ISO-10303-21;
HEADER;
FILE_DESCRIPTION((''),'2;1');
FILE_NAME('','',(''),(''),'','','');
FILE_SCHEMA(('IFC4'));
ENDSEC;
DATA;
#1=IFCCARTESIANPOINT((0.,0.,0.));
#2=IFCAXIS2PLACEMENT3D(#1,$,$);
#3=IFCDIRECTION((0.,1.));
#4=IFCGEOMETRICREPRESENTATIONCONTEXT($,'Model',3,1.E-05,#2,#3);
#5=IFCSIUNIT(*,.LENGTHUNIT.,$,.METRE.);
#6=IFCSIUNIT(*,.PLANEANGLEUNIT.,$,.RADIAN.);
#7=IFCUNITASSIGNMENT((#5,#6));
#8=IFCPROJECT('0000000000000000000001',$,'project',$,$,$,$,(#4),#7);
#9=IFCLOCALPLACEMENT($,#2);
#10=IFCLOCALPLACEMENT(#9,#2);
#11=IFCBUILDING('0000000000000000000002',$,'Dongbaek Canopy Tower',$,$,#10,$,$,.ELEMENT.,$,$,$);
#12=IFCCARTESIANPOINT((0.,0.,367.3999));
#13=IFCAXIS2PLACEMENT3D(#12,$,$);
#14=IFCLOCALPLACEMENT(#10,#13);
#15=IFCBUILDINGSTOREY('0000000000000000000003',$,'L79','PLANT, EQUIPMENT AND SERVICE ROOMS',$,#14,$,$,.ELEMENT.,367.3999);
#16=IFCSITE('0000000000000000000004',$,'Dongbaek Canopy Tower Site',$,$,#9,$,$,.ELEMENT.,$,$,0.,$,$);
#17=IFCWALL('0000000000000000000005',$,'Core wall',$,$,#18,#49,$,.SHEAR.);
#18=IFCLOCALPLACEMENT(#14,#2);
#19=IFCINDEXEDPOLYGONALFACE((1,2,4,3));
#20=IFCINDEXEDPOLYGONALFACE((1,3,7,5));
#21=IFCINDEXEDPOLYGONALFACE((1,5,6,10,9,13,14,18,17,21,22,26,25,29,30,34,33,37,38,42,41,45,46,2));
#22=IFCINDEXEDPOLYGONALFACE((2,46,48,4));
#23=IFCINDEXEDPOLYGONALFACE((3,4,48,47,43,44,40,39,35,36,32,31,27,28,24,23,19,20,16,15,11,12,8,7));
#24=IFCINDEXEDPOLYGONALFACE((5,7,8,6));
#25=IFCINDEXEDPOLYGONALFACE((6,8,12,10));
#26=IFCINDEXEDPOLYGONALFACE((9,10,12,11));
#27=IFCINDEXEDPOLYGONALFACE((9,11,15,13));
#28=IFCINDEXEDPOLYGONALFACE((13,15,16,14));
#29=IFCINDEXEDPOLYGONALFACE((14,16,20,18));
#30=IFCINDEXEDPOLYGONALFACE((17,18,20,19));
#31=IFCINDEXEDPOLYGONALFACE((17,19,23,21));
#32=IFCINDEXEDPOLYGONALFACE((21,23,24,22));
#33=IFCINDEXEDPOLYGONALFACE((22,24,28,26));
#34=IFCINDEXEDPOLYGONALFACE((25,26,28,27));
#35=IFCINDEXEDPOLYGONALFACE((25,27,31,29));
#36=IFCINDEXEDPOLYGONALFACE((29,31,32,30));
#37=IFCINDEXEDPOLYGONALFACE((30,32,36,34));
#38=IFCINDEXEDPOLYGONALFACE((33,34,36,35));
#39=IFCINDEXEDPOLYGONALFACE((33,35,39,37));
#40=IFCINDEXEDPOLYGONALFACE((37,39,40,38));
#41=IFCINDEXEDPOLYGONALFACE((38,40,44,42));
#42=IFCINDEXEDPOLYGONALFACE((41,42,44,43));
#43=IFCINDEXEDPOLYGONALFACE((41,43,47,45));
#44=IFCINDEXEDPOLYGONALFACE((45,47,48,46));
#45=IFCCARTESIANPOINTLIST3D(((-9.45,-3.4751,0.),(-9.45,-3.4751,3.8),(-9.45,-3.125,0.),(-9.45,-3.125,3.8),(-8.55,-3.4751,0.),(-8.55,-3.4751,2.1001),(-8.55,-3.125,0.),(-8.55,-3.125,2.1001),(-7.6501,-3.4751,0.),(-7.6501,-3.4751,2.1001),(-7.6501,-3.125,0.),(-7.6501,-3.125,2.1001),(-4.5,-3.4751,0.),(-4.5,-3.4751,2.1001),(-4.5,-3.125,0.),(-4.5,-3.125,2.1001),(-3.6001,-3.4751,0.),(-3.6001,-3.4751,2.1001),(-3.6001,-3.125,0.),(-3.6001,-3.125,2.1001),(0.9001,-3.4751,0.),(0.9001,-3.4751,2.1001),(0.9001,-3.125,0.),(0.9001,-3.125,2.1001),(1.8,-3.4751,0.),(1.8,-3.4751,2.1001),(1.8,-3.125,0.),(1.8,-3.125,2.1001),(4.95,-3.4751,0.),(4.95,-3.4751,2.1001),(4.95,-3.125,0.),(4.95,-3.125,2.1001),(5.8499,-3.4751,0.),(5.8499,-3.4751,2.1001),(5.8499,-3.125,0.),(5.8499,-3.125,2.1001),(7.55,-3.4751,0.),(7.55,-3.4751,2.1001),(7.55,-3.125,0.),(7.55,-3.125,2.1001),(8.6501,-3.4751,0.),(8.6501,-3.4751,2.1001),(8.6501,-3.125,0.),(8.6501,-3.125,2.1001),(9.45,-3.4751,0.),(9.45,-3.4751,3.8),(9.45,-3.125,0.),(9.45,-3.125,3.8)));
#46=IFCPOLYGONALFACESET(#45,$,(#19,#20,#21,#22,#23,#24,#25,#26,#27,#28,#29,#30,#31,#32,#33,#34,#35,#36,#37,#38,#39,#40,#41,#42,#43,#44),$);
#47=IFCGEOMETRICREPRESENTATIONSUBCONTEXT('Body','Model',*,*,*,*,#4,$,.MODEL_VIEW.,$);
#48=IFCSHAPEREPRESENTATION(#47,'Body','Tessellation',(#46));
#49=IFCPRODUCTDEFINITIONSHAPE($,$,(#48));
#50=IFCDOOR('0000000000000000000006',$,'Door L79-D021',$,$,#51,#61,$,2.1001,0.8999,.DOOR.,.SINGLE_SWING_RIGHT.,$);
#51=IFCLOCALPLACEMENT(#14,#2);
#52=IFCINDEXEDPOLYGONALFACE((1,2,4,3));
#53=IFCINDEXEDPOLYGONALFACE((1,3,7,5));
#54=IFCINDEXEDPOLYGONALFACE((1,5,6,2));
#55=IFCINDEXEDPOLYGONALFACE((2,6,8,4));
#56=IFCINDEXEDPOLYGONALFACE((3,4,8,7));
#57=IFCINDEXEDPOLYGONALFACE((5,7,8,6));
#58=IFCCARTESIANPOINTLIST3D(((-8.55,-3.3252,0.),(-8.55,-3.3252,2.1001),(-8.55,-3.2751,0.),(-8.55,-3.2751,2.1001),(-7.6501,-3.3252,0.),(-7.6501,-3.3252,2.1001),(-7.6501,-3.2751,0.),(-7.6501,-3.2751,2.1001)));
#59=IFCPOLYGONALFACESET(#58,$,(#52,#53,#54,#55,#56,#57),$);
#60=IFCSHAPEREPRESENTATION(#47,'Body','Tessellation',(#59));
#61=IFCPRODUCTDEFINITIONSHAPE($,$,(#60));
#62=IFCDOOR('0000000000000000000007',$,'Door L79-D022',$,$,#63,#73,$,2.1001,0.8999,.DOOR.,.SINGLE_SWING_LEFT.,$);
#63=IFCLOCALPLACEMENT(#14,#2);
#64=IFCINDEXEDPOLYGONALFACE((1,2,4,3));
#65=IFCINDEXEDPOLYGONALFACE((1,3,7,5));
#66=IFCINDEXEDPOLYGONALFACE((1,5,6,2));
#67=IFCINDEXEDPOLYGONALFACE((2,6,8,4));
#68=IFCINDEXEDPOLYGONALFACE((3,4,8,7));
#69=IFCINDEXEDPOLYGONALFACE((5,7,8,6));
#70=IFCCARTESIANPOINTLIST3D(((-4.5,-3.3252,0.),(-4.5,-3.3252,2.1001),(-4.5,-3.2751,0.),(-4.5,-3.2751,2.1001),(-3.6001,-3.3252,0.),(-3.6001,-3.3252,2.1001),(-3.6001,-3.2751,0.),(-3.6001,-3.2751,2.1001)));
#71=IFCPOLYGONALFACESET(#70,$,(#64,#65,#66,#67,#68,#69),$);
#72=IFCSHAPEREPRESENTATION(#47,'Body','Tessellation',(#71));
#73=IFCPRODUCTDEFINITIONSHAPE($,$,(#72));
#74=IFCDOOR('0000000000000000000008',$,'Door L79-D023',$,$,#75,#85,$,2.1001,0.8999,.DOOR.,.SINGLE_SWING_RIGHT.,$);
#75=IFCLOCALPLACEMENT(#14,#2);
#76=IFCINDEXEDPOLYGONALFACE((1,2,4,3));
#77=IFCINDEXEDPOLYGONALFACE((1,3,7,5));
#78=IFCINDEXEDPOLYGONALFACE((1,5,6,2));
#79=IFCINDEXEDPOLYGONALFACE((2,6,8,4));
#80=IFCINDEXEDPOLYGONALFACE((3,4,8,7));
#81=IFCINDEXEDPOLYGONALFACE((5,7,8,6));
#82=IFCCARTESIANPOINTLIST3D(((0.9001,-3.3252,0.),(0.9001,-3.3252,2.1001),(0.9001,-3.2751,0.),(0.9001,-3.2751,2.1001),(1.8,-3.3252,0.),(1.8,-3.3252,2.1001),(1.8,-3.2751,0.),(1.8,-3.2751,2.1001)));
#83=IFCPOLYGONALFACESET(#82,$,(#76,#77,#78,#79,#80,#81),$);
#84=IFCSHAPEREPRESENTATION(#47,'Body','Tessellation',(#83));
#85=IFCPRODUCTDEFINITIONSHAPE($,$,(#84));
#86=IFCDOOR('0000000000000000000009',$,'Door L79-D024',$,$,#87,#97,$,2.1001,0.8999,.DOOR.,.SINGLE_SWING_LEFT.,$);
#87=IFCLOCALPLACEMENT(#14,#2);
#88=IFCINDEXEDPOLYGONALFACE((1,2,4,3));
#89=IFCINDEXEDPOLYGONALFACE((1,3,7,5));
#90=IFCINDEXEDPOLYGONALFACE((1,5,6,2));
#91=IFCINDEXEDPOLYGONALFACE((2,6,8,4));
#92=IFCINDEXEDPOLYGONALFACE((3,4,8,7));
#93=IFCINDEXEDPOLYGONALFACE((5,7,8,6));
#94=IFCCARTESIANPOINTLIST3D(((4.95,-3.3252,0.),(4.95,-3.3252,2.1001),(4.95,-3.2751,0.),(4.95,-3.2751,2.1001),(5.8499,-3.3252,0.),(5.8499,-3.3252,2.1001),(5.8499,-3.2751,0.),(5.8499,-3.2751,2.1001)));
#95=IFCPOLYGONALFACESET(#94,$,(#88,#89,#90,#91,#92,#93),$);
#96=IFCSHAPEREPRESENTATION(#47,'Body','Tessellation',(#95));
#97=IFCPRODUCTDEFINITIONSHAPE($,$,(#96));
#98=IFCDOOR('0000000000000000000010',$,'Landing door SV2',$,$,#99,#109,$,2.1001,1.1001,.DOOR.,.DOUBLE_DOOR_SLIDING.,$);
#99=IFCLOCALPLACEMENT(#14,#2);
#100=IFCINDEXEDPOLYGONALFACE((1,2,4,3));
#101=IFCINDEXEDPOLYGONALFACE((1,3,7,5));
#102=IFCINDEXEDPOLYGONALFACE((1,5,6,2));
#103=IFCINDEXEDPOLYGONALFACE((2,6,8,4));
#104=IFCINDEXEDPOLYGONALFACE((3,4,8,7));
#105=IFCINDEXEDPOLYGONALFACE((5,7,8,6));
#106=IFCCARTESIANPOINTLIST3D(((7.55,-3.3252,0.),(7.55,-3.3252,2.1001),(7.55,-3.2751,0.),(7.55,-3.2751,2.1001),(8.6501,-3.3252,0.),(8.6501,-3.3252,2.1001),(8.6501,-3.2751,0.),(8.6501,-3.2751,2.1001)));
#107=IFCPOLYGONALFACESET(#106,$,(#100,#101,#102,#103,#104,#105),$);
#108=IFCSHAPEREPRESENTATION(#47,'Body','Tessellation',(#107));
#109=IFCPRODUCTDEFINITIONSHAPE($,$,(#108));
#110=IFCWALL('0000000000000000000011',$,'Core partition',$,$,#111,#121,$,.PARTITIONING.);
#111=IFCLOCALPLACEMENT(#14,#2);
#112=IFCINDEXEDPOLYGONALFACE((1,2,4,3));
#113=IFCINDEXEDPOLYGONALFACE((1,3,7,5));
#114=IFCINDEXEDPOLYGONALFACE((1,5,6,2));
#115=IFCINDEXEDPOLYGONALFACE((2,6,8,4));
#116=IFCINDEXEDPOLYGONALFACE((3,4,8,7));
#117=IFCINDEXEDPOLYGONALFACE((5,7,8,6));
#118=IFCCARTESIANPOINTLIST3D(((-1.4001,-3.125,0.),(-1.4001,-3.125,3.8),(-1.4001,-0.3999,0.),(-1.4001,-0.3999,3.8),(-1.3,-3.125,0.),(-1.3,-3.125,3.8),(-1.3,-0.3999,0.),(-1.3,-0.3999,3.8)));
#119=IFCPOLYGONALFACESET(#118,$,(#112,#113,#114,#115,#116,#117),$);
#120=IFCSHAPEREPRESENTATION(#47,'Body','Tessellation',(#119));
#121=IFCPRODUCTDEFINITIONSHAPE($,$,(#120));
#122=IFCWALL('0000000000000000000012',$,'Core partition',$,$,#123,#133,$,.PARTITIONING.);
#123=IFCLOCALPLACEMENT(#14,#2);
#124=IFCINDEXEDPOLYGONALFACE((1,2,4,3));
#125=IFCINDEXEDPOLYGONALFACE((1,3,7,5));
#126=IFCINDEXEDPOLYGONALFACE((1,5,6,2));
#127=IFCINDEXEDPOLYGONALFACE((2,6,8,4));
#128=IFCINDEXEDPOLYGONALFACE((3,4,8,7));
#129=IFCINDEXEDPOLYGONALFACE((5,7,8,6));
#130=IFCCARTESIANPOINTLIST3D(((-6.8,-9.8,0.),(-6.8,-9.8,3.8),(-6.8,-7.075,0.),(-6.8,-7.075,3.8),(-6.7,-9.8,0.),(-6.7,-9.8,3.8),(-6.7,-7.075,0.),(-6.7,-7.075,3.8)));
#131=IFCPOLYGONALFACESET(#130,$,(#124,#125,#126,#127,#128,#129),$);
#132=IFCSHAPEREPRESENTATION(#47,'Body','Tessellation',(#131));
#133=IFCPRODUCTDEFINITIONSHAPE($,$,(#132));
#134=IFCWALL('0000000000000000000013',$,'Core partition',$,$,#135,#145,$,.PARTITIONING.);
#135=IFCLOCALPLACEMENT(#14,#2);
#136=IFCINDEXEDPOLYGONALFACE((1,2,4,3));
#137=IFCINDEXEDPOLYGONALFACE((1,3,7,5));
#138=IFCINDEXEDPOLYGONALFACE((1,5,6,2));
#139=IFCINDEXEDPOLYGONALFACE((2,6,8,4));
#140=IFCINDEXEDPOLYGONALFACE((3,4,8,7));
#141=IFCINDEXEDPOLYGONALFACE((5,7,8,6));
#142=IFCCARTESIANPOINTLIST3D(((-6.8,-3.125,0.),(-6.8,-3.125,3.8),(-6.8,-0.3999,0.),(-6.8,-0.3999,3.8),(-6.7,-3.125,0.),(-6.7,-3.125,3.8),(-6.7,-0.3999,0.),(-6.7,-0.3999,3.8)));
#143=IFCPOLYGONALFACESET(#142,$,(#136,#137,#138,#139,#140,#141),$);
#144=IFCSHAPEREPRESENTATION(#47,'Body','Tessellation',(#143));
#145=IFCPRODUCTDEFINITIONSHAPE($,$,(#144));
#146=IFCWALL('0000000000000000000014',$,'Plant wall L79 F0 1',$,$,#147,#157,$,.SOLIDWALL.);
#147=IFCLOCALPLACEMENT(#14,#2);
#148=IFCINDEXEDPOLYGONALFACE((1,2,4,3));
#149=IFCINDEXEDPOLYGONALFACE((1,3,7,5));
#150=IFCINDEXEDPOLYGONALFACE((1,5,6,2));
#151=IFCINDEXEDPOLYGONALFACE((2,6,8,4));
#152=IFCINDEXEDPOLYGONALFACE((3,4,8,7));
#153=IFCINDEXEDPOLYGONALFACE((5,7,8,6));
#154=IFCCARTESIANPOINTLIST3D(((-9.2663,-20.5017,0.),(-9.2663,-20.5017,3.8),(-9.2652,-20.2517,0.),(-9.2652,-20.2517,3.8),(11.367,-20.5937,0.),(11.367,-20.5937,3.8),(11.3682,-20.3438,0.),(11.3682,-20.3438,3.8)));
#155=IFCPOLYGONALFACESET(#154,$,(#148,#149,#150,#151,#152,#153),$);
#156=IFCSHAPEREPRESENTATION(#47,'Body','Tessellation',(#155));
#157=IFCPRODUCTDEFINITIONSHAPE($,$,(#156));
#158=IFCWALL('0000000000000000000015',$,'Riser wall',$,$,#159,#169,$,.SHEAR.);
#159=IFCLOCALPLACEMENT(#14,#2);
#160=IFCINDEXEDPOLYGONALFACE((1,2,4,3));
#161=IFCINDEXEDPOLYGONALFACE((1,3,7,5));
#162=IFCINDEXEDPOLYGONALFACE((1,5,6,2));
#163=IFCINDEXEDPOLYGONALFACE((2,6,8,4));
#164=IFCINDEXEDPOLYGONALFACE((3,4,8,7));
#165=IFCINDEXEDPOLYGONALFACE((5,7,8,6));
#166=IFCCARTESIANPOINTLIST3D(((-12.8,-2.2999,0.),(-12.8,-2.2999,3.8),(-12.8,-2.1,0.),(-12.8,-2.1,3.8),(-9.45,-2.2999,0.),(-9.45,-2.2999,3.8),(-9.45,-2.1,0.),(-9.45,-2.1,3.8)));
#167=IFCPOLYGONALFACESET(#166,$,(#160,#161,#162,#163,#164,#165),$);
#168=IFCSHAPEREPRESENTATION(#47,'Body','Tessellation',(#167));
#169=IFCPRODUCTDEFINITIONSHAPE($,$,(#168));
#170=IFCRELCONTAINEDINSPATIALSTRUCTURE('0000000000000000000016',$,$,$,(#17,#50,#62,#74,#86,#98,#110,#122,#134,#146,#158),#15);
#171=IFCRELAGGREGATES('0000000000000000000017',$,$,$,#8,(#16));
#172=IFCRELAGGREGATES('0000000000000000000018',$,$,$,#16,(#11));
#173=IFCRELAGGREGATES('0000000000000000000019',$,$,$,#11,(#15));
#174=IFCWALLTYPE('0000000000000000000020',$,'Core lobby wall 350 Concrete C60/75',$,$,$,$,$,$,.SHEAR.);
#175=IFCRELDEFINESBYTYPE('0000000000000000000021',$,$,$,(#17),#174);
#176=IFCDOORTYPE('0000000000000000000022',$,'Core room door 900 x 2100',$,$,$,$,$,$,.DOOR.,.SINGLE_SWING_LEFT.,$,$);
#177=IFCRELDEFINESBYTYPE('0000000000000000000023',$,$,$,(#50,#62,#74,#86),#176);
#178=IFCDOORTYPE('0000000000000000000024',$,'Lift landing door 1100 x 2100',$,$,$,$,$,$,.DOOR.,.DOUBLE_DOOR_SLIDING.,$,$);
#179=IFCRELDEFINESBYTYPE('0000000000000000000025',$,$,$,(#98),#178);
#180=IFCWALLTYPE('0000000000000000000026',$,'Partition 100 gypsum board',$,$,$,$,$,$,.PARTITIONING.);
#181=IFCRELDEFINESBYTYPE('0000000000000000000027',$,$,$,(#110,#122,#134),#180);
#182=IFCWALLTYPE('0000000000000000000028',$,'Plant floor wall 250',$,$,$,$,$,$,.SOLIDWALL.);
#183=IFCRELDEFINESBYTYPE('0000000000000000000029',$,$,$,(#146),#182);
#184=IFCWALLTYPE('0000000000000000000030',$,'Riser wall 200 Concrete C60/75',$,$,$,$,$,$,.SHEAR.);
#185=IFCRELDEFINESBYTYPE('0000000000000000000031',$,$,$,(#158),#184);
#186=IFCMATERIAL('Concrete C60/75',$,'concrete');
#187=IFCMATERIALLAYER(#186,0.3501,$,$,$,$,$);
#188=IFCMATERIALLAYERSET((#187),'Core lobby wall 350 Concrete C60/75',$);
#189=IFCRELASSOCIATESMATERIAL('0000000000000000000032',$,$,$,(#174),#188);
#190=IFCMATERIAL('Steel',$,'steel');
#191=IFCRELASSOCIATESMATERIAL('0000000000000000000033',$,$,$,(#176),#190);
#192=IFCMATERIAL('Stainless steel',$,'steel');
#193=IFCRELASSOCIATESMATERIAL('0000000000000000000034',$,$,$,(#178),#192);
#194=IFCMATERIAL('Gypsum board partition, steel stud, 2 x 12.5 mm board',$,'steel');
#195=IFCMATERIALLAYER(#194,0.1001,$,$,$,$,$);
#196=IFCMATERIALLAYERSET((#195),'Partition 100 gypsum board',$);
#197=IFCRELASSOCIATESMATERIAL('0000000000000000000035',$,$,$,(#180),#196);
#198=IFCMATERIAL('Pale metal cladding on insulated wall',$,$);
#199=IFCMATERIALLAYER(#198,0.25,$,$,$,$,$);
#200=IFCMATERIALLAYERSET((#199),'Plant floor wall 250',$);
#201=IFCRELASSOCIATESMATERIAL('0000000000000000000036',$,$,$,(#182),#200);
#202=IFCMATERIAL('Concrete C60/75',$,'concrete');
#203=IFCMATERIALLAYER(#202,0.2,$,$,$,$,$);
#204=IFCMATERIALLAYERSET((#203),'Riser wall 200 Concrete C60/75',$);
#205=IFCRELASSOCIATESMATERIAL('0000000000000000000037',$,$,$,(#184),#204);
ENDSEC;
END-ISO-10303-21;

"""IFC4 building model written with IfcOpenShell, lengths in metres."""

from ifc_helpers import new_model, si_unit, direction, frame, frame_2d, origin, place, context, subcontext, project, spatial, rectangle, extrude, material, layer, layer_set, type_object, element, fill, save


model = new_model("IFC4")

# Units and contexts
model_context = context("Model", 3, precision=1e-05, world=origin(), true_north=direction((0.0, 1.0)))
body_context = subcontext(model_context, "Body", "Model", "MODEL_VIEW")
ifc_project = project(units=[si_unit("LENGTHUNIT", "METRE"), si_unit("PLANEANGLEUNIT", "RADIAN")], contexts=[model_context])

# Site, building, storey
site_placement = place(None, origin())
site = spatial("IfcSite", under=ifc_project, at=site_placement, Name="Dongbaek Canopy Tower Site", CompositionType="ELEMENT", RefElevation=0.0)
building_placement = place(site_placement, origin())
building = spatial("IfcBuilding", under=site, at=building_placement, Name="Dongbaek Canopy Tower", CompositionType="ELEMENT")
storey_placement = place(building_placement, frame((0.0, 0.0, 367.3999)))
storey = spatial("IfcBuildingStorey", under=building, at=storey_placement, Name="L79", Description="PLANT, EQUIPMENT AND SERVICE ROOMS", CompositionType="ELEMENT", Elevation=367.3999)

# Wall, openings, doors
ifc_material_1 = material(Name="Concrete C60/75", Category="concrete")
ifc_layer_1 = layer(ifc_material_1, 0.3501)
ifc_layer_set_1 = layer_set([ifc_layer_1], Name="Core lobby wall 350 Concrete C60/75")
wall_type_1 = type_object("IfcWallType", Name="Core lobby wall 350 Concrete C60/75", PredefinedType="SHEAR", material=ifc_layer_set_1)
wall_1_placement = place(storey_placement, frame((-9.45, -3.3, 0.0), z_axis=(0.0, 0.0, 1.0), x_axis=(1.0, 0.0, 0.0)))
wall_1 = element("IfcWall", 1, at=wall_1_placement, inside=storey, type_object=wall_type_1, Name="Core wall", PredefinedType="SHEAR", context=body_context, shape_type="SweptSolid", body=[
    extrude(rectangle(XDim=18.8999, YDim=0.3501, at=frame_2d((9.45, 0.0))), origin(), (0.0, 0.0, 1.0), 3.8),
])
opening_1_placement = place(wall_1_placement, frame((17.0, 0.0, 0.0)))
opening_1 = element("IfcOpeningElement", 2, at=opening_1_placement, cuts=wall_1, PredefinedType="OPENING", context=body_context, shape_type="SweptSolid", body=[
    extrude(rectangle(XDim=1.1001, YDim=2.1001, at=frame_2d((0.55, 1.05))), frame((0.0, 0.1851, 0.0), z_axis=(0.0, -1.0, 0.0), x_axis=(1.0, 0.0, 0.0)), (0.0, 0.0, 1.0), 0.3701),
])
opening_2_placement = place(wall_1_placement, frame((0.8999, 0.0, 0.0)))
opening_2 = element("IfcOpeningElement", 3, at=opening_2_placement, cuts=wall_1, PredefinedType="OPENING", context=body_context, shape_type="SweptSolid", body=[
    extrude(rectangle(XDim=0.8999, YDim=2.1001, at=frame_2d((0.45, 1.05))), frame((0.0, 0.1851, 0.0), z_axis=(0.0, -1.0, 0.0), x_axis=(1.0, 0.0, 0.0)), (0.0, 0.0, 1.0), 0.3701),
])
opening_3_placement = place(wall_1_placement, frame((4.95, 0.0, 0.0)))
opening_3 = element("IfcOpeningElement", 4, at=opening_3_placement, cuts=wall_1, PredefinedType="OPENING", context=body_context, shape_type="SweptSolid", body=[
    extrude(rectangle(XDim=0.8999, YDim=2.1001, at=frame_2d((0.45, 1.05))), frame((0.0, 0.1851, 0.0), z_axis=(0.0, -1.0, 0.0), x_axis=(1.0, 0.0, 0.0)), (0.0, 0.0, 1.0), 0.3701),
])
opening_4_placement = place(wall_1_placement, frame((10.3501, 0.0, 0.0)))
opening_4 = element("IfcOpeningElement", 5, at=opening_4_placement, cuts=wall_1, PredefinedType="OPENING", context=body_context, shape_type="SweptSolid", body=[
    extrude(rectangle(XDim=0.8999, YDim=2.1001, at=frame_2d((0.45, 1.05))), frame((0.0, 0.1851, 0.0), z_axis=(0.0, -1.0, 0.0), x_axis=(1.0, 0.0, 0.0)), (0.0, 0.0, 1.0), 0.3701),
])
opening_5_placement = place(wall_1_placement, frame((14.3999, 0.0, 0.0)))
opening_5 = element("IfcOpeningElement", 6, at=opening_5_placement, cuts=wall_1, PredefinedType="OPENING", context=body_context, shape_type="SweptSolid", body=[
    extrude(rectangle(XDim=0.8999, YDim=2.1001, at=frame_2d((0.45, 1.05))), frame((0.0, 0.1851, 0.0), z_axis=(0.0, -1.0, 0.0), x_axis=(1.0, 0.0, 0.0)), (0.0, 0.0, 1.0), 0.3701),
])
ifc_material_2 = material(Name="Steel", Category="steel")
door_type_1 = type_object("IfcDoorType", Name="Core room door 900 x 2100", OperationType="SINGLE_SWING_LEFT", PredefinedType="DOOR", material=ifc_material_2)
door_1_placement = place(opening_2_placement, origin())
door_1 = element("IfcDoor", 7, at=door_1_placement, inside=storey, type_object=door_type_1, Name="Door L79-D021", OperationType="SINGLE_SWING_RIGHT", OverallHeight=2.1001, OverallWidth=0.8999, PredefinedType="DOOR", context=body_context, shape_type="SweptSolid", body=[
    extrude(rectangle(XDim=0.8999, YDim=2.1001, at=frame_2d((0.45, 1.05))), frame((0.0, 0.0249, 0.0), z_axis=(0.0, -1.0, 0.0), x_axis=(1.0, 0.0, 0.0)), (0.0, 0.0, 1.0), 0.05),
])
fill(opening_2, door_1)
door_2_placement = place(opening_3_placement, origin())
door_2 = element("IfcDoor", 8, at=door_2_placement, inside=storey, type_object=door_type_1, Name="Door L79-D022", OperationType="SINGLE_SWING_LEFT", OverallHeight=2.1001, OverallWidth=0.8999, PredefinedType="DOOR", context=body_context, shape_type="SweptSolid", body=[
    extrude(rectangle(XDim=0.8999, YDim=2.1001, at=frame_2d((0.45, 1.05))), frame((0.0, 0.0249, 0.0), z_axis=(0.0, -1.0, 0.0), x_axis=(1.0, 0.0, 0.0)), (0.0, 0.0, 1.0), 0.05),
])
fill(opening_3, door_2)
door_3_placement = place(opening_4_placement, origin())
door_3 = element("IfcDoor", 9, at=door_3_placement, inside=storey, type_object=door_type_1, Name="Door L79-D023", OperationType="SINGLE_SWING_RIGHT", OverallHeight=2.1001, OverallWidth=0.8999, PredefinedType="DOOR", context=body_context, shape_type="SweptSolid", body=[
    extrude(rectangle(XDim=0.8999, YDim=2.1001, at=frame_2d((0.45, 1.05))), frame((0.0, 0.0249, 0.0), z_axis=(0.0, -1.0, 0.0), x_axis=(1.0, 0.0, 0.0)), (0.0, 0.0, 1.0), 0.05),
])
fill(opening_4, door_3)
door_4_placement = place(opening_5_placement, origin())
door_4 = element("IfcDoor", 10, at=door_4_placement, inside=storey, type_object=door_type_1, Name="Door L79-D024", OperationType="SINGLE_SWING_LEFT", OverallHeight=2.1001, OverallWidth=0.8999, PredefinedType="DOOR", context=body_context, shape_type="SweptSolid", body=[
    extrude(rectangle(XDim=0.8999, YDim=2.1001, at=frame_2d((0.45, 1.05))), frame((0.0, 0.0249, 0.0), z_axis=(0.0, -1.0, 0.0), x_axis=(1.0, 0.0, 0.0)), (0.0, 0.0, 1.0), 0.05),
])
fill(opening_5, door_4)
ifc_material_3 = material(Name="Stainless steel", Category="steel")
door_type_2 = type_object("IfcDoorType", Name="Lift landing door 1100 x 2100", OperationType="DOUBLE_DOOR_SLIDING", PredefinedType="DOOR", material=ifc_material_3)
door_5_placement = place(opening_1_placement, origin())
door_5 = element("IfcDoor", 11, at=door_5_placement, inside=storey, type_object=door_type_2, Name="Landing door SV2", OperationType="DOUBLE_DOOR_SLIDING", OverallHeight=2.1001, OverallWidth=1.1001, PredefinedType="DOOR", context=body_context, shape_type="SweptSolid", body=[
    extrude(rectangle(XDim=1.1001, YDim=2.1001, at=frame_2d((0.55, 1.05))), frame((0.0, 0.0249, 0.0), z_axis=(0.0, -1.0, 0.0), x_axis=(1.0, 0.0, 0.0)), (0.0, 0.0, 1.0), 0.05),
])
fill(opening_1, door_5)

# Walls
ifc_material_4 = material(Name="Gypsum board partition, steel stud, 2 x 12.5 mm board", Category="steel")
ifc_layer_2 = layer(ifc_material_4, 0.1001)
ifc_layer_set_2 = layer_set([ifc_layer_2], Name="Partition 100 gypsum board")
wall_type_2 = type_object("IfcWallType", Name="Partition 100 gypsum board", PredefinedType="PARTITIONING", material=ifc_layer_set_2)
for number, where, z_axis, x_axis, name in (
    (12, (-1.3501, -3.125, 0.0), (0.0, 0.0, 1.0), (0.0, 1.0, 0.0), "Core partition"),
    (13, (-6.75, -9.8, 0.0), (0.0, 0.0, 1.0), (0.0, 1.0, 0.0), "Core partition"),
    (14, (-6.75, -3.125, 0.0), (0.0, 0.0, 1.0), (0.0, 1.0, 0.0), "Core partition"),
):
    element("IfcWall", number, at=place(storey_placement, frame(where, z_axis=z_axis, x_axis=x_axis)), inside=storey, type_object=wall_type_2, Name=name, PredefinedType="PARTITIONING", context=body_context, shape_type="SweptSolid", body=[
        extrude(rectangle(XDim=2.7251, YDim=0.1001, at=frame_2d((1.3625, 0.0))), origin(), (0.0, 0.0, 1.0), 3.8),
    ])
ifc_material_5 = material(Name="Pale metal cladding on insulated wall")
ifc_layer_3 = layer(ifc_material_5, 0.25)
ifc_layer_set_3 = layer_set([ifc_layer_3], Name="Plant floor wall 250")
wall_type_3 = type_object("IfcWallType", Name="Plant floor wall 250", PredefinedType="SOLIDWALL", material=ifc_layer_set_3)
wall_2_placement = place(storey_placement, frame((-9.2659, -20.3767, 0.0), z_axis=(0.0, 0.0, 1.0), x_axis=(0.99999, -0.004461, 0.0)))
element("IfcWall", 15, at=wall_2_placement, inside=storey, type_object=wall_type_3, Name="Plant wall L79 F0 1", PredefinedType="SOLIDWALL", context=body_context, shape_type="SweptSolid", body=[
    extrude(rectangle(XDim=20.6335, YDim=0.25, at=frame_2d((10.3169, 0.0))), origin(), (0.0, 0.0, 1.0), 3.8),
])
ifc_material_6 = material(Name="Concrete C60/75", Category="concrete")
ifc_layer_4 = layer(ifc_material_6, 0.2)
ifc_layer_set_4 = layer_set([ifc_layer_4], Name="Riser wall 200 Concrete C60/75")
wall_type_4 = type_object("IfcWallType", Name="Riser wall 200 Concrete C60/75", PredefinedType="SHEAR", material=ifc_layer_set_4)
wall_3_placement = place(storey_placement, frame((-9.45, -2.2, 0.0), z_axis=(0.0, 0.0, 1.0), x_axis=(-1.0, 0.0, 0.0)))
element("IfcWall", 16, at=wall_3_placement, inside=storey, type_object=wall_type_4, Name="Riser wall", PredefinedType="SHEAR", context=body_context, shape_type="SweptSolid", body=[
    extrude(rectangle(XDim=3.3501, YDim=0.2, at=frame_2d((1.675, 0.0))), origin(), (0.0, 0.0, 1.0), 3.8),
])

save(model, "model.ifc")
